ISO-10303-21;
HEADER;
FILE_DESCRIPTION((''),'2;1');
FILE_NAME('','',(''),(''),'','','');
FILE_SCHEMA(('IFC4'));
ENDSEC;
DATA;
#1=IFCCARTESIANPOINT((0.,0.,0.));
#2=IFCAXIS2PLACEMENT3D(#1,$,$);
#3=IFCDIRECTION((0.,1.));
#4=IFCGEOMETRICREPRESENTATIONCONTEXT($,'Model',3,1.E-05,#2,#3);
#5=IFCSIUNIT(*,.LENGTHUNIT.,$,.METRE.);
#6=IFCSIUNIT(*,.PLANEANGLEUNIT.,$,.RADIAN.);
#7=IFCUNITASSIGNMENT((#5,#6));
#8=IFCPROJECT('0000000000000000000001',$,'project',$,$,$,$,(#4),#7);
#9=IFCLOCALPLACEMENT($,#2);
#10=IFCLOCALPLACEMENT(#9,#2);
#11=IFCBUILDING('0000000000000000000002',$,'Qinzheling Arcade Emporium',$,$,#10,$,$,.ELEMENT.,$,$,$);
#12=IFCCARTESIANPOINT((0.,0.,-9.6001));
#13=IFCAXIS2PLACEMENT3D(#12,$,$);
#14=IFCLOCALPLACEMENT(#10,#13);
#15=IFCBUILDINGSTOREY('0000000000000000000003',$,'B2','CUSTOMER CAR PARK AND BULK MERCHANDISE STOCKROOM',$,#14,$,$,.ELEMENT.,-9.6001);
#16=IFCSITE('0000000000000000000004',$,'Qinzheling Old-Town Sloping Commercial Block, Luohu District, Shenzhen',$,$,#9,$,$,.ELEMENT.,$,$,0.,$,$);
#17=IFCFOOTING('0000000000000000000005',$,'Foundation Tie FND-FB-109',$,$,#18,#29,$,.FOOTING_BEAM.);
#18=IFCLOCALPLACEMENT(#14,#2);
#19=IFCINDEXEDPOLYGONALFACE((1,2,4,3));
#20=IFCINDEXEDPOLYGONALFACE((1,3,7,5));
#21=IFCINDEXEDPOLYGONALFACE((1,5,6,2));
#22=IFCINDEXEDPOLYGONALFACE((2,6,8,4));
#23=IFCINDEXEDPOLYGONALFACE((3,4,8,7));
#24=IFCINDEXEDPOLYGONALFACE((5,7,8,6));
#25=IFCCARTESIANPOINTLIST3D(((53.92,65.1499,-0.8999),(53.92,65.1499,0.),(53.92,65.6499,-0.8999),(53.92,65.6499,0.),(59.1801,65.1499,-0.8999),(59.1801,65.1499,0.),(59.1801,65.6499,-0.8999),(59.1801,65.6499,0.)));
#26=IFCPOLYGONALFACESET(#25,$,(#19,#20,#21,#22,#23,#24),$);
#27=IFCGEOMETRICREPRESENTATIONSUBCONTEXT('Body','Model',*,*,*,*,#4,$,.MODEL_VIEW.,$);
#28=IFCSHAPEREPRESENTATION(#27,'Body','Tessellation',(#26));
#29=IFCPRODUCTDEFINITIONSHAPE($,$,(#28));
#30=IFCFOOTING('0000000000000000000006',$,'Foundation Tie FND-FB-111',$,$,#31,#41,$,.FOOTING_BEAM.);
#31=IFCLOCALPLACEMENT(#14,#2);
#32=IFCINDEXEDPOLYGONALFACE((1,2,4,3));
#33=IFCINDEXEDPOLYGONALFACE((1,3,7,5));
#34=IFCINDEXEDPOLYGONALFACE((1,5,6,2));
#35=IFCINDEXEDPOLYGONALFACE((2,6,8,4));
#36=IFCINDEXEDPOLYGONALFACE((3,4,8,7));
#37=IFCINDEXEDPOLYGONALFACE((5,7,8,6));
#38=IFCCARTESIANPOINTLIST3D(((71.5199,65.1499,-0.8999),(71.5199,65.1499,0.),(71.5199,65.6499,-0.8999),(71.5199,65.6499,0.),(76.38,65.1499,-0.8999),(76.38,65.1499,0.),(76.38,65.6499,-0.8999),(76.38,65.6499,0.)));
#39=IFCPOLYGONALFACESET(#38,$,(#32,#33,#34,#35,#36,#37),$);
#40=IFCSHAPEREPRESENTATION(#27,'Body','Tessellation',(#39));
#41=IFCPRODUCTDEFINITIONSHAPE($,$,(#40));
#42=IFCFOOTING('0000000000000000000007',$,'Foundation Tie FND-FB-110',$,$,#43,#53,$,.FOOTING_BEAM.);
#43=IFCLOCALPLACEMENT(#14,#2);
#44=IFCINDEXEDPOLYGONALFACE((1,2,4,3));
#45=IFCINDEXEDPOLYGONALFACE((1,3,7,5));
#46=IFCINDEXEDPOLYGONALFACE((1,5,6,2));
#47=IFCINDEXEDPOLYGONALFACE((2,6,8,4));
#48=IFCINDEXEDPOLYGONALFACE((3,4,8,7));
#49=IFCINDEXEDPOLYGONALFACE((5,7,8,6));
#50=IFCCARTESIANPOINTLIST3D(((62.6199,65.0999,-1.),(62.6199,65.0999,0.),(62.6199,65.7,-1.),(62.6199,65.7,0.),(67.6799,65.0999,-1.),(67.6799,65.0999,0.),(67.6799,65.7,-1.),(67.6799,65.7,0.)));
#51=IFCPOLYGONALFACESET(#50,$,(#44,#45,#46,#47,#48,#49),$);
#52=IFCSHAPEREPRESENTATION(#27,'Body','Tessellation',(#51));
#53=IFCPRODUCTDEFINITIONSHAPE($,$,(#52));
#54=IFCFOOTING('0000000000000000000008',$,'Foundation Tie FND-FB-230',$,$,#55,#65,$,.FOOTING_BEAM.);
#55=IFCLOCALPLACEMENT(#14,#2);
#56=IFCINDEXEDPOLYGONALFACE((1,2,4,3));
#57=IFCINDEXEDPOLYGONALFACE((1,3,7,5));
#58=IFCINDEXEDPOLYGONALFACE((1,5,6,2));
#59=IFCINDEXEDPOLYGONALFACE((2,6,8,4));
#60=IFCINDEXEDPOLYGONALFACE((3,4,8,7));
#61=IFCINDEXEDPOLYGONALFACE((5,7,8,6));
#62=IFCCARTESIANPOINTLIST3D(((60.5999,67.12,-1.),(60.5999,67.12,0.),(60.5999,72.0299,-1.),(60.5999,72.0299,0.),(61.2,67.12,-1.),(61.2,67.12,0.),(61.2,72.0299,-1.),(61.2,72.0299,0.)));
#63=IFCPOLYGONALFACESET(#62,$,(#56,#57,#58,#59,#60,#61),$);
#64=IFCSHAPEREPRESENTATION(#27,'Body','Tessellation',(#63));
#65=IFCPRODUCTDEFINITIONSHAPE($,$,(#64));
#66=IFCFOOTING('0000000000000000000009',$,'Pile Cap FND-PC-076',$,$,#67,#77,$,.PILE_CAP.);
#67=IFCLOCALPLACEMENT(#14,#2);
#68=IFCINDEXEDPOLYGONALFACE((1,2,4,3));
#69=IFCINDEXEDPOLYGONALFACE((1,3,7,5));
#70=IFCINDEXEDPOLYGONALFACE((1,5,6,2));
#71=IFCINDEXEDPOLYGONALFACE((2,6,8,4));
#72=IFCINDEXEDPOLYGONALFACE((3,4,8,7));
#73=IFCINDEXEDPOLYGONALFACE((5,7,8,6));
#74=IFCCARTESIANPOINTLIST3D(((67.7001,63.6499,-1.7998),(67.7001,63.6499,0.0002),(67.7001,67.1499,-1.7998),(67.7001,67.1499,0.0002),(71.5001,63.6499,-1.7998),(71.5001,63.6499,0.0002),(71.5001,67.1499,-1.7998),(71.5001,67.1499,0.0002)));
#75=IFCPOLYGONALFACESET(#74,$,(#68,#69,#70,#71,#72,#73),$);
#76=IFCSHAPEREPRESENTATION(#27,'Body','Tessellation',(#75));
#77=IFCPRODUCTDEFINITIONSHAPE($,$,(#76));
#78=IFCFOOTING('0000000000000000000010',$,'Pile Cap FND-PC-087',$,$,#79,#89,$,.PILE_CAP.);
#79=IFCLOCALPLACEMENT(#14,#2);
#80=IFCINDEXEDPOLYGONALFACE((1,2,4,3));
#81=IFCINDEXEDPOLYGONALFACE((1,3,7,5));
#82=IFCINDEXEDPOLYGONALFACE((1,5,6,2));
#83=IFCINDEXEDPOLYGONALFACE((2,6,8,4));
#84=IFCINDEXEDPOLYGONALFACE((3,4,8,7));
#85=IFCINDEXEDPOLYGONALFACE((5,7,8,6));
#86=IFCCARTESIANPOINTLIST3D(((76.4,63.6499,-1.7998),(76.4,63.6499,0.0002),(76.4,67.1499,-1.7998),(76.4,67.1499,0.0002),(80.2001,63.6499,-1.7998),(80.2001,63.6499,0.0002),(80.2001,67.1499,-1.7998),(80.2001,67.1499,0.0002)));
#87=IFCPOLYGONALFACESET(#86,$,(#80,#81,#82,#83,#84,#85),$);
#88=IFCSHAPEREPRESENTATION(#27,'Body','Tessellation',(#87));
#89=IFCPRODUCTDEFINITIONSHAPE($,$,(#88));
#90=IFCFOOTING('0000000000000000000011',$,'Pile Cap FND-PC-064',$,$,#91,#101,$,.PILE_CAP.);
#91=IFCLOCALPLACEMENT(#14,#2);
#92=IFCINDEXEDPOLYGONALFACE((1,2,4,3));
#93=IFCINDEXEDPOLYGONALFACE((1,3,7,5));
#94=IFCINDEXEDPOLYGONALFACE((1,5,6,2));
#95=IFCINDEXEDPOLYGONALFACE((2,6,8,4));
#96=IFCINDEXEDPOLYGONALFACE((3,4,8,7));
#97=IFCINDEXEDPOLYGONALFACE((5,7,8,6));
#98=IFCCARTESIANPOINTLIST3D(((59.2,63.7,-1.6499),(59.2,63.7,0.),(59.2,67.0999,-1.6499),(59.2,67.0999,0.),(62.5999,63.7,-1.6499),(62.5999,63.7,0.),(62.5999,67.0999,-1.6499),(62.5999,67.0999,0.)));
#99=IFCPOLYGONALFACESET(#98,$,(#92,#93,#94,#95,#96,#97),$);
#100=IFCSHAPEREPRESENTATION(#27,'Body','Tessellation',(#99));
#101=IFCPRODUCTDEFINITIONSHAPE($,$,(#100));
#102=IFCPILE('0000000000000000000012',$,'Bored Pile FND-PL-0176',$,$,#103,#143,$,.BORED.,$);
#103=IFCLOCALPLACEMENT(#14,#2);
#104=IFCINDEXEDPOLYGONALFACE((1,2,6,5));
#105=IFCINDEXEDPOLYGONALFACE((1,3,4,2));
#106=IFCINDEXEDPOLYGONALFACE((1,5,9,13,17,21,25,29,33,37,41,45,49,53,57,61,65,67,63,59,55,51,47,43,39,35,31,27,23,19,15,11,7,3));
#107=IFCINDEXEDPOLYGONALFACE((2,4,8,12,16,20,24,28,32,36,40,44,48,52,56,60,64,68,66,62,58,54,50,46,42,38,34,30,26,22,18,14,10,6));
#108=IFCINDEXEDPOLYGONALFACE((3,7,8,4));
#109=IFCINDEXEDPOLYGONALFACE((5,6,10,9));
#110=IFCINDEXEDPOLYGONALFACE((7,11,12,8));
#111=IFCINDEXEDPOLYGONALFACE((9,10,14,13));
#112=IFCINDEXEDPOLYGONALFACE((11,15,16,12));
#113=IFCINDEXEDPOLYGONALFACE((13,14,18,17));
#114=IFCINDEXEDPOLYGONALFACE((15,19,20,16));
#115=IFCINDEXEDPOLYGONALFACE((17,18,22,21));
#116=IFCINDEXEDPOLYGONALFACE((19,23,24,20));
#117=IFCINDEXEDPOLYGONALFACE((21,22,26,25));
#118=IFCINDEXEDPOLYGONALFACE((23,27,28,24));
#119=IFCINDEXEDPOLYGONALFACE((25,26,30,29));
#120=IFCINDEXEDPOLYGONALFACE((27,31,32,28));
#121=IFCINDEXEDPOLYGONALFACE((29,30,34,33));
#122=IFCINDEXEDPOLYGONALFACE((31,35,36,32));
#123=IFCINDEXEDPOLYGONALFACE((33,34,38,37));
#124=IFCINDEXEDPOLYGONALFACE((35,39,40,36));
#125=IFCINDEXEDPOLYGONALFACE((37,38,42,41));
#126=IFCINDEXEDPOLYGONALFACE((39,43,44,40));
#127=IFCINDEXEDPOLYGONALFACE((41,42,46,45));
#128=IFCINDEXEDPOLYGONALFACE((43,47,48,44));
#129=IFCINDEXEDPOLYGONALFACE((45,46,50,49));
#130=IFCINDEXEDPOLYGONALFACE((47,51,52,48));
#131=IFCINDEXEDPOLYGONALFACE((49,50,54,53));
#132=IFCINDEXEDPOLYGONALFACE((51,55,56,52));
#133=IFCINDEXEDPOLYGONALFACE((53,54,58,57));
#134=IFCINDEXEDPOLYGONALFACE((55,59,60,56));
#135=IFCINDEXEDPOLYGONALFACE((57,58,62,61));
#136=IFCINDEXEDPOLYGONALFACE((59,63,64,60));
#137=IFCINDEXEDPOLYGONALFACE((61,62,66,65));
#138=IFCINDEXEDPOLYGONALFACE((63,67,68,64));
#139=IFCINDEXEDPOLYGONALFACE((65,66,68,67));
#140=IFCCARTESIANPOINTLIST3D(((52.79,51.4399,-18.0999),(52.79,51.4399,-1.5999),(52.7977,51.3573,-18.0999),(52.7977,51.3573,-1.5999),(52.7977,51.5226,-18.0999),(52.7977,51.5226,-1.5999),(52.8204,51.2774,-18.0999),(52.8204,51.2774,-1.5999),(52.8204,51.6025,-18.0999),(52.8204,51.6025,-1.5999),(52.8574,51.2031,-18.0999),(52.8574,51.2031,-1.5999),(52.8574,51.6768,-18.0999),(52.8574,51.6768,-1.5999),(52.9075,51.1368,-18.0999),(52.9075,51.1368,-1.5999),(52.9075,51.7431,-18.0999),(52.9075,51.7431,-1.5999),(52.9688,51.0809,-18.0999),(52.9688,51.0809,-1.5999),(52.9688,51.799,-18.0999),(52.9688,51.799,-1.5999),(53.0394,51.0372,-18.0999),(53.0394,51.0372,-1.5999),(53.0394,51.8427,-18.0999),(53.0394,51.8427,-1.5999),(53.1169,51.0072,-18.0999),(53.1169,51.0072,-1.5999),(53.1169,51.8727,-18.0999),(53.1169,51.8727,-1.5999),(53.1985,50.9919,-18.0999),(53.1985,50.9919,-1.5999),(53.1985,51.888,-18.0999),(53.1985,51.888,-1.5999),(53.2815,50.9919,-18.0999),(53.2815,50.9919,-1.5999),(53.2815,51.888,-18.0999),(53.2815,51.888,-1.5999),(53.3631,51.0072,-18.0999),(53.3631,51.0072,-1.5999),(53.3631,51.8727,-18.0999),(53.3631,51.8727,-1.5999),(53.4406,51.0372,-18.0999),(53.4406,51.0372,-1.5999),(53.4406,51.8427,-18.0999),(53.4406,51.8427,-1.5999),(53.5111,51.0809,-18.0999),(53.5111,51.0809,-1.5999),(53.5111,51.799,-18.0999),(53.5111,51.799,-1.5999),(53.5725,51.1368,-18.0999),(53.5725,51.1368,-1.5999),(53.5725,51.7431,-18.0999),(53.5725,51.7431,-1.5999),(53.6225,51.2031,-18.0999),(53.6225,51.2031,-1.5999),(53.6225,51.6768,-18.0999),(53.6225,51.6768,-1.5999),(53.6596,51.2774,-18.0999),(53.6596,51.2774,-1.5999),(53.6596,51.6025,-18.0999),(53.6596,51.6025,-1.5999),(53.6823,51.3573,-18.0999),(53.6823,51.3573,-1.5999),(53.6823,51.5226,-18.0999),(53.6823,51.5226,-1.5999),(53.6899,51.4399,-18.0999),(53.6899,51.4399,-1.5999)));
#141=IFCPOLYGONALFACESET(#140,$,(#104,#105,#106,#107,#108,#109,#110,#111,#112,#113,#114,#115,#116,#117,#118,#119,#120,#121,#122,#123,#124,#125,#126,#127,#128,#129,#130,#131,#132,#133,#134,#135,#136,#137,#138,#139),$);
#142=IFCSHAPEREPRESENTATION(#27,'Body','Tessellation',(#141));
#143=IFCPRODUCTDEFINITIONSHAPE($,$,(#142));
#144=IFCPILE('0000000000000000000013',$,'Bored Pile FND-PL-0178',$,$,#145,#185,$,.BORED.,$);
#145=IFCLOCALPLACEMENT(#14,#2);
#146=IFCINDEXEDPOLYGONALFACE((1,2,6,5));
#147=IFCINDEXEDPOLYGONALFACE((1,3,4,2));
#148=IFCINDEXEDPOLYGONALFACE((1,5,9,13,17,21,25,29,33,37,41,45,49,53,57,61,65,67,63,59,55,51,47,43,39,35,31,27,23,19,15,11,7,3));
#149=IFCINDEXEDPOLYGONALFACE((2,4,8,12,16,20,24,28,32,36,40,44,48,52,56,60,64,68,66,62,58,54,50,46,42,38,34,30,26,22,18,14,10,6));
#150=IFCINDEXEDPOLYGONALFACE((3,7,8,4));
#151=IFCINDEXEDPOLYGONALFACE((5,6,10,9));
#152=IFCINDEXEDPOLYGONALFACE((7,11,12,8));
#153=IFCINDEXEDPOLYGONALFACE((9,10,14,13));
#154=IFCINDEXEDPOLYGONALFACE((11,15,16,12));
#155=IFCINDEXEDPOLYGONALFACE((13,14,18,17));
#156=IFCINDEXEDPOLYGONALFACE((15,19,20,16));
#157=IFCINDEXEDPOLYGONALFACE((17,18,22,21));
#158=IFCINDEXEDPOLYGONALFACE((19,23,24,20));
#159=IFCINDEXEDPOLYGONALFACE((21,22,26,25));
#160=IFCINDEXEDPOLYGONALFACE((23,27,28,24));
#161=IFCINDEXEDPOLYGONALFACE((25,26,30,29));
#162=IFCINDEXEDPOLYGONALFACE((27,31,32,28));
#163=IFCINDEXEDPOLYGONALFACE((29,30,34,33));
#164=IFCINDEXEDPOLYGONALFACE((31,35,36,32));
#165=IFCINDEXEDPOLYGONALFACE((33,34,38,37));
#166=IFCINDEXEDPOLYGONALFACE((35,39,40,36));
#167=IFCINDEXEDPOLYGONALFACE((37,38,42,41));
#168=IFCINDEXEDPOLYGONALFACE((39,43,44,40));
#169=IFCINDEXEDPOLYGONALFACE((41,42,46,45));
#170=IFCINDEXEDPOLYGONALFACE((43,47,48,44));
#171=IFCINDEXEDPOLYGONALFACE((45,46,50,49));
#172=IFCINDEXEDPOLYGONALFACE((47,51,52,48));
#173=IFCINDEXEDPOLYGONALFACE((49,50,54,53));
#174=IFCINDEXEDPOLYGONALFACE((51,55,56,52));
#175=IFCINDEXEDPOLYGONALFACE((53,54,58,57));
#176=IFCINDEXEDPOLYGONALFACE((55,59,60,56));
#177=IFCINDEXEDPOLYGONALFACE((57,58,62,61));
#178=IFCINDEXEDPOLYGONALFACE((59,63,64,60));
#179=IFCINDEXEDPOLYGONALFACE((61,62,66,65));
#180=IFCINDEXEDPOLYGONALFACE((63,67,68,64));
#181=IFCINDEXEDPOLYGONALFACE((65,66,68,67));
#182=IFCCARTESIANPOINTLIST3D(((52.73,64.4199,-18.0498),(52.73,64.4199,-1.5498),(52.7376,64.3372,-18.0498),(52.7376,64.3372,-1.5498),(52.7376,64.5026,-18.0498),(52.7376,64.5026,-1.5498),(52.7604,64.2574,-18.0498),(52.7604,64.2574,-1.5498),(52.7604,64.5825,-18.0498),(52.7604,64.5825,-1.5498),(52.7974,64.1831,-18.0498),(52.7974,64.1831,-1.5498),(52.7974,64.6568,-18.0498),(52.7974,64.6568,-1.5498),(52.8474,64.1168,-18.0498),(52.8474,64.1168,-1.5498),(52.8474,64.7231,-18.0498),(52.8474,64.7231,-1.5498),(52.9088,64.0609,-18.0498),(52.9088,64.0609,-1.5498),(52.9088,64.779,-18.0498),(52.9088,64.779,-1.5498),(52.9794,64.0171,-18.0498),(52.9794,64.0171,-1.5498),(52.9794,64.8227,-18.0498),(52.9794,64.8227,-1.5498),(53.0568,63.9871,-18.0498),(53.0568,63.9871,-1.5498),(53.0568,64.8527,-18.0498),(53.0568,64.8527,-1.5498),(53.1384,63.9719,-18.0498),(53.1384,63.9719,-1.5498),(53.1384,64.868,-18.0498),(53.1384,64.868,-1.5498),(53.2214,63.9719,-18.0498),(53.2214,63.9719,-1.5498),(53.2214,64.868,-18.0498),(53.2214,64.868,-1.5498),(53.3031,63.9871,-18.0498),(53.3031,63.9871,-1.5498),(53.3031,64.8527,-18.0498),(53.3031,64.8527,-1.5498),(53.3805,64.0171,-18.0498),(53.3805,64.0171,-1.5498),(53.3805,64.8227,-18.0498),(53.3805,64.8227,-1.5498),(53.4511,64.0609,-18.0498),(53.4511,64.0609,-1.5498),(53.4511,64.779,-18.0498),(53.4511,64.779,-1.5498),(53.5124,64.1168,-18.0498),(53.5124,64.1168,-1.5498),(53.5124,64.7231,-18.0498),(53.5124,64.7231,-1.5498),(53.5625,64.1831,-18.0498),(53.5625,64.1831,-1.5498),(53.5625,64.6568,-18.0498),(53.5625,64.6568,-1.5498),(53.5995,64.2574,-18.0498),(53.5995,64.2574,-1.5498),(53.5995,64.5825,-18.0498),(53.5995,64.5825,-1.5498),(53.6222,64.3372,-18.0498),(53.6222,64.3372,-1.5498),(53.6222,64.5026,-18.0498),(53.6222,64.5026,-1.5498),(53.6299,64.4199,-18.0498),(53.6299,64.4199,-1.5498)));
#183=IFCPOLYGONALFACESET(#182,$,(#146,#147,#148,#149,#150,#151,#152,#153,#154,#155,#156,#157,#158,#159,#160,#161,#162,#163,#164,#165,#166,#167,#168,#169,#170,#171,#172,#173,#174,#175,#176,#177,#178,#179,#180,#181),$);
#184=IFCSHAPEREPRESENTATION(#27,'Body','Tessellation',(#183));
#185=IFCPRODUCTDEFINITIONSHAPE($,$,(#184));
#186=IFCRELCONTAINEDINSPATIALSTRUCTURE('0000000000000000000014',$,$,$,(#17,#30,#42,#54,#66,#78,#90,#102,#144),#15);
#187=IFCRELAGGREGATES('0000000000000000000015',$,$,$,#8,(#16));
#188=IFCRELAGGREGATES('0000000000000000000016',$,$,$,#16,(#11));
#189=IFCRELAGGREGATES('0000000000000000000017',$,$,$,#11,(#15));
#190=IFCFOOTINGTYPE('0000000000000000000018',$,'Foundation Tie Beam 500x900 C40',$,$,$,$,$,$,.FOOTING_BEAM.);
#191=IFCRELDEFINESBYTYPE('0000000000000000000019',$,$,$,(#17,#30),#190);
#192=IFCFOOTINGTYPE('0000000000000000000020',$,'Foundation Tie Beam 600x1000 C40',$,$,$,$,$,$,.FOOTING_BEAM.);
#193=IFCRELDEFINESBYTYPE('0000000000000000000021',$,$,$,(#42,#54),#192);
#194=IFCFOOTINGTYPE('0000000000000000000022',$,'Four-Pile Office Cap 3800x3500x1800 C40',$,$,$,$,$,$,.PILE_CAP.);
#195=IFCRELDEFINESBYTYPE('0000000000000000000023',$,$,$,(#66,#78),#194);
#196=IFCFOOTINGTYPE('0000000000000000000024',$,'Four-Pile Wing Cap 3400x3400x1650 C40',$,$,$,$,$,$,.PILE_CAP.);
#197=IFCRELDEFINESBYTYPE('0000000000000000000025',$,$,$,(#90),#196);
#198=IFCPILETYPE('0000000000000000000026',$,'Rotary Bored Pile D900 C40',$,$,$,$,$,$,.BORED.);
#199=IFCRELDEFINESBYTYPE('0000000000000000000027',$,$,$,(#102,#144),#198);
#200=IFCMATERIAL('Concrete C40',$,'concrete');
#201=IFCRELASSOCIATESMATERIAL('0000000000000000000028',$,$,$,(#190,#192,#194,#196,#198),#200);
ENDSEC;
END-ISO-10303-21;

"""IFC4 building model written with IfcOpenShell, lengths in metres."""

from ifc_helpers import new_model, si_unit, direction, frame, origin, origin_2d, place, context, subcontext, project, spatial, rectangle, circle, extrude, material, material_profile, profile_set, type_object, element, save


model = new_model("IFC4")

# Units and contexts
model_context = context("Model", 3, precision=1e-05, world=origin(), true_north=direction((0.0, 1.0)))
body_context = subcontext(model_context, "Body", "Model", "MODEL_VIEW")
ifc_project = project(units=[si_unit("LENGTHUNIT", "METRE"), si_unit("PLANEANGLEUNIT", "RADIAN")], contexts=[model_context])

# Site, building, storey
site_placement = place(None, origin())
site = spatial("IfcSite", under=ifc_project, at=site_placement, Name="Qinzheling Old-Town Sloping Commercial Block, Luohu District, Shenzhen", CompositionType="ELEMENT", RefElevation=0.0)
building_placement = place(site_placement, origin())
building = spatial("IfcBuilding", under=site, at=building_placement, Name="Qinzheling Arcade Emporium", CompositionType="ELEMENT")
storey_placement = place(building_placement, frame((0.0, 0.0, -9.6001)))
storey = spatial("IfcBuildingStorey", under=building, at=storey_placement, Name="B2", Description="CUSTOMER CAR PARK AND BULK MERCHANDISE STOCKROOM", CompositionType="ELEMENT", Elevation=-9.6001)

# Footings
ifc_material_1 = material(Name="Concrete C40", Category="concrete")
footing_type_1 = type_object("IfcFootingType", Name="Foundation Tie Beam 500x900 C40", PredefinedType="FOOTING_BEAM", material=ifc_material_1)
footing_1_placement = place(storey_placement, frame((56.55, 65.3999, -0.8999), z_axis=(0.0, 0.0, 1.0), x_axis=(1.0, 0.0, 0.0)))
element("IfcFooting", 1, at=footing_1_placement, inside=storey, type_object=footing_type_1, Name="Foundation Tie FND-FB-109", PredefinedType="FOOTING_BEAM", context=body_context, shape_type="SweptSolid", body=[
    extrude(rectangle(XDim=5.26, YDim=0.5, at=origin_2d()), origin(), (0.0, 0.0, 1.0), 0.8999),
])
footing_2_placement = place(storey_placement, frame((73.95, 65.3999, -0.8999), z_axis=(0.0, 0.0, 1.0), x_axis=(1.0, 0.0, 0.0)))
element("IfcFooting", 2, at=footing_2_placement, inside=storey, type_object=footing_type_1, Name="Foundation Tie FND-FB-111", PredefinedType="FOOTING_BEAM", context=body_context, shape_type="SweptSolid", body=[
    extrude(rectangle(XDim=4.8601, YDim=0.5, at=origin_2d()), origin(), (0.0, 0.0, 1.0), 0.8999),
])
footing_type_2 = type_object("IfcFootingType", Name="Foundation Tie Beam 600x1000 C40", PredefinedType="FOOTING_BEAM", material=ifc_material_1)
footing_3_placement = place(storey_placement, frame((65.1499, 65.3999, -1.0), z_axis=(0.0, 0.0, 1.0), x_axis=(1.0, 0.0, 0.0)))
element("IfcFooting", 3, at=footing_3_placement, inside=storey, type_object=footing_type_2, Name="Foundation Tie FND-FB-110", PredefinedType="FOOTING_BEAM", context=body_context, shape_type="SweptSolid", body=[
    extrude(rectangle(XDim=5.0601, YDim=0.6001, at=origin_2d()), origin(), (0.0, 0.0, 1.0), 1.0),
])
footing_4_placement = place(storey_placement, frame((60.8999, 69.575, -1.0), z_axis=(0.0, 0.0, 1.0), x_axis=(1.0, 0.0, 0.0)))
element("IfcFooting", 4, at=footing_4_placement, inside=storey, type_object=footing_type_2, Name="Foundation Tie FND-FB-230", PredefinedType="FOOTING_BEAM", context=body_context, shape_type="SweptSolid", body=[
    extrude(rectangle(XDim=0.6001, YDim=4.9099, at=origin_2d()), origin(), (0.0, 0.0, 1.0), 1.0),
])
footing_type_3 = type_object("IfcFootingType", Name="Four-Pile Office Cap 3800x3500x1800 C40", PredefinedType="PILE_CAP", material=ifc_material_1)
for number, where, z_axis, x_axis, name in (
    (5, (69.6001, 65.3999, -1.7998), (0.0, 0.0, 1.0), (1.0, 0.0, 0.0), "Pile Cap FND-PC-076"),
    (6, (78.3, 65.3999, -1.7998), (0.0, 0.0, 1.0), (1.0, 0.0, 0.0), "Pile Cap FND-PC-087"),
):
    element("IfcFooting", number, at=place(storey_placement, frame(where, z_axis=z_axis, x_axis=x_axis)), inside=storey, type_object=footing_type_3, Name=name, PredefinedType="PILE_CAP", context=body_context, shape_type="SweptSolid", body=[
        extrude(rectangle(XDim=3.8, YDim=3.5, at=origin_2d()), origin(), (0.0, 0.0, 1.0), 1.8),
    ])
footing_type_4 = type_object("IfcFootingType", Name="Four-Pile Wing Cap 3400x3400x1650 C40", PredefinedType="PILE_CAP", material=ifc_material_1)
footing_5_placement = place(storey_placement, frame((60.8999, 65.3999, -1.6499), z_axis=(0.0, 0.0, 1.0), x_axis=(1.0, 0.0, 0.0)))
element("IfcFooting", 7, at=footing_5_placement, inside=storey, type_object=footing_type_4, Name="Pile Cap FND-PC-064", PredefinedType="PILE_CAP", context=body_context, shape_type="SweptSolid", body=[
    extrude(rectangle(XDim=3.3999, YDim=3.3999, at=origin_2d()), origin(), (0.0, 0.0, 1.0), 1.6499),
])

# Piles
ifc_material_profile_1 = material_profile(ifc_material_1, circle(Radius=0.45, at=origin_2d()), Name="BORED D900", Category="concrete")
ifc_profile_set_1 = profile_set([ifc_material_profile_1], Name="Concrete C40")
pile_type = type_object("IfcPileType", Name="Rotary Bored Pile D900 C40", PredefinedType="BORED", material=ifc_profile_set_1)
for number, where, z_axis, x_axis, name in (
    (8, (53.24, 51.4399, -1.5999), (0.0, 0.0, -1.0), (1.0, 0.0, 0.0), "Bored Pile FND-PL-0176"),
    (9, (53.1799, 64.4199, -1.5498), (0.0, 0.0, -1.0), (1.0, 0.0, 0.0), "Bored Pile FND-PL-0178"),
):
    element("IfcPile", number, at=place(storey_placement, frame(where, z_axis=z_axis, x_axis=x_axis)), inside=storey, type_object=pile_type, Name=name, PredefinedType="BORED", context=body_context, shape_type="SweptSolid", body=[
        extrude(circle(Radius=0.45, at=origin_2d()), origin(), (0.0, 0.0, 1.0), 16.5),
    ])

save(model, "model.ifc")
